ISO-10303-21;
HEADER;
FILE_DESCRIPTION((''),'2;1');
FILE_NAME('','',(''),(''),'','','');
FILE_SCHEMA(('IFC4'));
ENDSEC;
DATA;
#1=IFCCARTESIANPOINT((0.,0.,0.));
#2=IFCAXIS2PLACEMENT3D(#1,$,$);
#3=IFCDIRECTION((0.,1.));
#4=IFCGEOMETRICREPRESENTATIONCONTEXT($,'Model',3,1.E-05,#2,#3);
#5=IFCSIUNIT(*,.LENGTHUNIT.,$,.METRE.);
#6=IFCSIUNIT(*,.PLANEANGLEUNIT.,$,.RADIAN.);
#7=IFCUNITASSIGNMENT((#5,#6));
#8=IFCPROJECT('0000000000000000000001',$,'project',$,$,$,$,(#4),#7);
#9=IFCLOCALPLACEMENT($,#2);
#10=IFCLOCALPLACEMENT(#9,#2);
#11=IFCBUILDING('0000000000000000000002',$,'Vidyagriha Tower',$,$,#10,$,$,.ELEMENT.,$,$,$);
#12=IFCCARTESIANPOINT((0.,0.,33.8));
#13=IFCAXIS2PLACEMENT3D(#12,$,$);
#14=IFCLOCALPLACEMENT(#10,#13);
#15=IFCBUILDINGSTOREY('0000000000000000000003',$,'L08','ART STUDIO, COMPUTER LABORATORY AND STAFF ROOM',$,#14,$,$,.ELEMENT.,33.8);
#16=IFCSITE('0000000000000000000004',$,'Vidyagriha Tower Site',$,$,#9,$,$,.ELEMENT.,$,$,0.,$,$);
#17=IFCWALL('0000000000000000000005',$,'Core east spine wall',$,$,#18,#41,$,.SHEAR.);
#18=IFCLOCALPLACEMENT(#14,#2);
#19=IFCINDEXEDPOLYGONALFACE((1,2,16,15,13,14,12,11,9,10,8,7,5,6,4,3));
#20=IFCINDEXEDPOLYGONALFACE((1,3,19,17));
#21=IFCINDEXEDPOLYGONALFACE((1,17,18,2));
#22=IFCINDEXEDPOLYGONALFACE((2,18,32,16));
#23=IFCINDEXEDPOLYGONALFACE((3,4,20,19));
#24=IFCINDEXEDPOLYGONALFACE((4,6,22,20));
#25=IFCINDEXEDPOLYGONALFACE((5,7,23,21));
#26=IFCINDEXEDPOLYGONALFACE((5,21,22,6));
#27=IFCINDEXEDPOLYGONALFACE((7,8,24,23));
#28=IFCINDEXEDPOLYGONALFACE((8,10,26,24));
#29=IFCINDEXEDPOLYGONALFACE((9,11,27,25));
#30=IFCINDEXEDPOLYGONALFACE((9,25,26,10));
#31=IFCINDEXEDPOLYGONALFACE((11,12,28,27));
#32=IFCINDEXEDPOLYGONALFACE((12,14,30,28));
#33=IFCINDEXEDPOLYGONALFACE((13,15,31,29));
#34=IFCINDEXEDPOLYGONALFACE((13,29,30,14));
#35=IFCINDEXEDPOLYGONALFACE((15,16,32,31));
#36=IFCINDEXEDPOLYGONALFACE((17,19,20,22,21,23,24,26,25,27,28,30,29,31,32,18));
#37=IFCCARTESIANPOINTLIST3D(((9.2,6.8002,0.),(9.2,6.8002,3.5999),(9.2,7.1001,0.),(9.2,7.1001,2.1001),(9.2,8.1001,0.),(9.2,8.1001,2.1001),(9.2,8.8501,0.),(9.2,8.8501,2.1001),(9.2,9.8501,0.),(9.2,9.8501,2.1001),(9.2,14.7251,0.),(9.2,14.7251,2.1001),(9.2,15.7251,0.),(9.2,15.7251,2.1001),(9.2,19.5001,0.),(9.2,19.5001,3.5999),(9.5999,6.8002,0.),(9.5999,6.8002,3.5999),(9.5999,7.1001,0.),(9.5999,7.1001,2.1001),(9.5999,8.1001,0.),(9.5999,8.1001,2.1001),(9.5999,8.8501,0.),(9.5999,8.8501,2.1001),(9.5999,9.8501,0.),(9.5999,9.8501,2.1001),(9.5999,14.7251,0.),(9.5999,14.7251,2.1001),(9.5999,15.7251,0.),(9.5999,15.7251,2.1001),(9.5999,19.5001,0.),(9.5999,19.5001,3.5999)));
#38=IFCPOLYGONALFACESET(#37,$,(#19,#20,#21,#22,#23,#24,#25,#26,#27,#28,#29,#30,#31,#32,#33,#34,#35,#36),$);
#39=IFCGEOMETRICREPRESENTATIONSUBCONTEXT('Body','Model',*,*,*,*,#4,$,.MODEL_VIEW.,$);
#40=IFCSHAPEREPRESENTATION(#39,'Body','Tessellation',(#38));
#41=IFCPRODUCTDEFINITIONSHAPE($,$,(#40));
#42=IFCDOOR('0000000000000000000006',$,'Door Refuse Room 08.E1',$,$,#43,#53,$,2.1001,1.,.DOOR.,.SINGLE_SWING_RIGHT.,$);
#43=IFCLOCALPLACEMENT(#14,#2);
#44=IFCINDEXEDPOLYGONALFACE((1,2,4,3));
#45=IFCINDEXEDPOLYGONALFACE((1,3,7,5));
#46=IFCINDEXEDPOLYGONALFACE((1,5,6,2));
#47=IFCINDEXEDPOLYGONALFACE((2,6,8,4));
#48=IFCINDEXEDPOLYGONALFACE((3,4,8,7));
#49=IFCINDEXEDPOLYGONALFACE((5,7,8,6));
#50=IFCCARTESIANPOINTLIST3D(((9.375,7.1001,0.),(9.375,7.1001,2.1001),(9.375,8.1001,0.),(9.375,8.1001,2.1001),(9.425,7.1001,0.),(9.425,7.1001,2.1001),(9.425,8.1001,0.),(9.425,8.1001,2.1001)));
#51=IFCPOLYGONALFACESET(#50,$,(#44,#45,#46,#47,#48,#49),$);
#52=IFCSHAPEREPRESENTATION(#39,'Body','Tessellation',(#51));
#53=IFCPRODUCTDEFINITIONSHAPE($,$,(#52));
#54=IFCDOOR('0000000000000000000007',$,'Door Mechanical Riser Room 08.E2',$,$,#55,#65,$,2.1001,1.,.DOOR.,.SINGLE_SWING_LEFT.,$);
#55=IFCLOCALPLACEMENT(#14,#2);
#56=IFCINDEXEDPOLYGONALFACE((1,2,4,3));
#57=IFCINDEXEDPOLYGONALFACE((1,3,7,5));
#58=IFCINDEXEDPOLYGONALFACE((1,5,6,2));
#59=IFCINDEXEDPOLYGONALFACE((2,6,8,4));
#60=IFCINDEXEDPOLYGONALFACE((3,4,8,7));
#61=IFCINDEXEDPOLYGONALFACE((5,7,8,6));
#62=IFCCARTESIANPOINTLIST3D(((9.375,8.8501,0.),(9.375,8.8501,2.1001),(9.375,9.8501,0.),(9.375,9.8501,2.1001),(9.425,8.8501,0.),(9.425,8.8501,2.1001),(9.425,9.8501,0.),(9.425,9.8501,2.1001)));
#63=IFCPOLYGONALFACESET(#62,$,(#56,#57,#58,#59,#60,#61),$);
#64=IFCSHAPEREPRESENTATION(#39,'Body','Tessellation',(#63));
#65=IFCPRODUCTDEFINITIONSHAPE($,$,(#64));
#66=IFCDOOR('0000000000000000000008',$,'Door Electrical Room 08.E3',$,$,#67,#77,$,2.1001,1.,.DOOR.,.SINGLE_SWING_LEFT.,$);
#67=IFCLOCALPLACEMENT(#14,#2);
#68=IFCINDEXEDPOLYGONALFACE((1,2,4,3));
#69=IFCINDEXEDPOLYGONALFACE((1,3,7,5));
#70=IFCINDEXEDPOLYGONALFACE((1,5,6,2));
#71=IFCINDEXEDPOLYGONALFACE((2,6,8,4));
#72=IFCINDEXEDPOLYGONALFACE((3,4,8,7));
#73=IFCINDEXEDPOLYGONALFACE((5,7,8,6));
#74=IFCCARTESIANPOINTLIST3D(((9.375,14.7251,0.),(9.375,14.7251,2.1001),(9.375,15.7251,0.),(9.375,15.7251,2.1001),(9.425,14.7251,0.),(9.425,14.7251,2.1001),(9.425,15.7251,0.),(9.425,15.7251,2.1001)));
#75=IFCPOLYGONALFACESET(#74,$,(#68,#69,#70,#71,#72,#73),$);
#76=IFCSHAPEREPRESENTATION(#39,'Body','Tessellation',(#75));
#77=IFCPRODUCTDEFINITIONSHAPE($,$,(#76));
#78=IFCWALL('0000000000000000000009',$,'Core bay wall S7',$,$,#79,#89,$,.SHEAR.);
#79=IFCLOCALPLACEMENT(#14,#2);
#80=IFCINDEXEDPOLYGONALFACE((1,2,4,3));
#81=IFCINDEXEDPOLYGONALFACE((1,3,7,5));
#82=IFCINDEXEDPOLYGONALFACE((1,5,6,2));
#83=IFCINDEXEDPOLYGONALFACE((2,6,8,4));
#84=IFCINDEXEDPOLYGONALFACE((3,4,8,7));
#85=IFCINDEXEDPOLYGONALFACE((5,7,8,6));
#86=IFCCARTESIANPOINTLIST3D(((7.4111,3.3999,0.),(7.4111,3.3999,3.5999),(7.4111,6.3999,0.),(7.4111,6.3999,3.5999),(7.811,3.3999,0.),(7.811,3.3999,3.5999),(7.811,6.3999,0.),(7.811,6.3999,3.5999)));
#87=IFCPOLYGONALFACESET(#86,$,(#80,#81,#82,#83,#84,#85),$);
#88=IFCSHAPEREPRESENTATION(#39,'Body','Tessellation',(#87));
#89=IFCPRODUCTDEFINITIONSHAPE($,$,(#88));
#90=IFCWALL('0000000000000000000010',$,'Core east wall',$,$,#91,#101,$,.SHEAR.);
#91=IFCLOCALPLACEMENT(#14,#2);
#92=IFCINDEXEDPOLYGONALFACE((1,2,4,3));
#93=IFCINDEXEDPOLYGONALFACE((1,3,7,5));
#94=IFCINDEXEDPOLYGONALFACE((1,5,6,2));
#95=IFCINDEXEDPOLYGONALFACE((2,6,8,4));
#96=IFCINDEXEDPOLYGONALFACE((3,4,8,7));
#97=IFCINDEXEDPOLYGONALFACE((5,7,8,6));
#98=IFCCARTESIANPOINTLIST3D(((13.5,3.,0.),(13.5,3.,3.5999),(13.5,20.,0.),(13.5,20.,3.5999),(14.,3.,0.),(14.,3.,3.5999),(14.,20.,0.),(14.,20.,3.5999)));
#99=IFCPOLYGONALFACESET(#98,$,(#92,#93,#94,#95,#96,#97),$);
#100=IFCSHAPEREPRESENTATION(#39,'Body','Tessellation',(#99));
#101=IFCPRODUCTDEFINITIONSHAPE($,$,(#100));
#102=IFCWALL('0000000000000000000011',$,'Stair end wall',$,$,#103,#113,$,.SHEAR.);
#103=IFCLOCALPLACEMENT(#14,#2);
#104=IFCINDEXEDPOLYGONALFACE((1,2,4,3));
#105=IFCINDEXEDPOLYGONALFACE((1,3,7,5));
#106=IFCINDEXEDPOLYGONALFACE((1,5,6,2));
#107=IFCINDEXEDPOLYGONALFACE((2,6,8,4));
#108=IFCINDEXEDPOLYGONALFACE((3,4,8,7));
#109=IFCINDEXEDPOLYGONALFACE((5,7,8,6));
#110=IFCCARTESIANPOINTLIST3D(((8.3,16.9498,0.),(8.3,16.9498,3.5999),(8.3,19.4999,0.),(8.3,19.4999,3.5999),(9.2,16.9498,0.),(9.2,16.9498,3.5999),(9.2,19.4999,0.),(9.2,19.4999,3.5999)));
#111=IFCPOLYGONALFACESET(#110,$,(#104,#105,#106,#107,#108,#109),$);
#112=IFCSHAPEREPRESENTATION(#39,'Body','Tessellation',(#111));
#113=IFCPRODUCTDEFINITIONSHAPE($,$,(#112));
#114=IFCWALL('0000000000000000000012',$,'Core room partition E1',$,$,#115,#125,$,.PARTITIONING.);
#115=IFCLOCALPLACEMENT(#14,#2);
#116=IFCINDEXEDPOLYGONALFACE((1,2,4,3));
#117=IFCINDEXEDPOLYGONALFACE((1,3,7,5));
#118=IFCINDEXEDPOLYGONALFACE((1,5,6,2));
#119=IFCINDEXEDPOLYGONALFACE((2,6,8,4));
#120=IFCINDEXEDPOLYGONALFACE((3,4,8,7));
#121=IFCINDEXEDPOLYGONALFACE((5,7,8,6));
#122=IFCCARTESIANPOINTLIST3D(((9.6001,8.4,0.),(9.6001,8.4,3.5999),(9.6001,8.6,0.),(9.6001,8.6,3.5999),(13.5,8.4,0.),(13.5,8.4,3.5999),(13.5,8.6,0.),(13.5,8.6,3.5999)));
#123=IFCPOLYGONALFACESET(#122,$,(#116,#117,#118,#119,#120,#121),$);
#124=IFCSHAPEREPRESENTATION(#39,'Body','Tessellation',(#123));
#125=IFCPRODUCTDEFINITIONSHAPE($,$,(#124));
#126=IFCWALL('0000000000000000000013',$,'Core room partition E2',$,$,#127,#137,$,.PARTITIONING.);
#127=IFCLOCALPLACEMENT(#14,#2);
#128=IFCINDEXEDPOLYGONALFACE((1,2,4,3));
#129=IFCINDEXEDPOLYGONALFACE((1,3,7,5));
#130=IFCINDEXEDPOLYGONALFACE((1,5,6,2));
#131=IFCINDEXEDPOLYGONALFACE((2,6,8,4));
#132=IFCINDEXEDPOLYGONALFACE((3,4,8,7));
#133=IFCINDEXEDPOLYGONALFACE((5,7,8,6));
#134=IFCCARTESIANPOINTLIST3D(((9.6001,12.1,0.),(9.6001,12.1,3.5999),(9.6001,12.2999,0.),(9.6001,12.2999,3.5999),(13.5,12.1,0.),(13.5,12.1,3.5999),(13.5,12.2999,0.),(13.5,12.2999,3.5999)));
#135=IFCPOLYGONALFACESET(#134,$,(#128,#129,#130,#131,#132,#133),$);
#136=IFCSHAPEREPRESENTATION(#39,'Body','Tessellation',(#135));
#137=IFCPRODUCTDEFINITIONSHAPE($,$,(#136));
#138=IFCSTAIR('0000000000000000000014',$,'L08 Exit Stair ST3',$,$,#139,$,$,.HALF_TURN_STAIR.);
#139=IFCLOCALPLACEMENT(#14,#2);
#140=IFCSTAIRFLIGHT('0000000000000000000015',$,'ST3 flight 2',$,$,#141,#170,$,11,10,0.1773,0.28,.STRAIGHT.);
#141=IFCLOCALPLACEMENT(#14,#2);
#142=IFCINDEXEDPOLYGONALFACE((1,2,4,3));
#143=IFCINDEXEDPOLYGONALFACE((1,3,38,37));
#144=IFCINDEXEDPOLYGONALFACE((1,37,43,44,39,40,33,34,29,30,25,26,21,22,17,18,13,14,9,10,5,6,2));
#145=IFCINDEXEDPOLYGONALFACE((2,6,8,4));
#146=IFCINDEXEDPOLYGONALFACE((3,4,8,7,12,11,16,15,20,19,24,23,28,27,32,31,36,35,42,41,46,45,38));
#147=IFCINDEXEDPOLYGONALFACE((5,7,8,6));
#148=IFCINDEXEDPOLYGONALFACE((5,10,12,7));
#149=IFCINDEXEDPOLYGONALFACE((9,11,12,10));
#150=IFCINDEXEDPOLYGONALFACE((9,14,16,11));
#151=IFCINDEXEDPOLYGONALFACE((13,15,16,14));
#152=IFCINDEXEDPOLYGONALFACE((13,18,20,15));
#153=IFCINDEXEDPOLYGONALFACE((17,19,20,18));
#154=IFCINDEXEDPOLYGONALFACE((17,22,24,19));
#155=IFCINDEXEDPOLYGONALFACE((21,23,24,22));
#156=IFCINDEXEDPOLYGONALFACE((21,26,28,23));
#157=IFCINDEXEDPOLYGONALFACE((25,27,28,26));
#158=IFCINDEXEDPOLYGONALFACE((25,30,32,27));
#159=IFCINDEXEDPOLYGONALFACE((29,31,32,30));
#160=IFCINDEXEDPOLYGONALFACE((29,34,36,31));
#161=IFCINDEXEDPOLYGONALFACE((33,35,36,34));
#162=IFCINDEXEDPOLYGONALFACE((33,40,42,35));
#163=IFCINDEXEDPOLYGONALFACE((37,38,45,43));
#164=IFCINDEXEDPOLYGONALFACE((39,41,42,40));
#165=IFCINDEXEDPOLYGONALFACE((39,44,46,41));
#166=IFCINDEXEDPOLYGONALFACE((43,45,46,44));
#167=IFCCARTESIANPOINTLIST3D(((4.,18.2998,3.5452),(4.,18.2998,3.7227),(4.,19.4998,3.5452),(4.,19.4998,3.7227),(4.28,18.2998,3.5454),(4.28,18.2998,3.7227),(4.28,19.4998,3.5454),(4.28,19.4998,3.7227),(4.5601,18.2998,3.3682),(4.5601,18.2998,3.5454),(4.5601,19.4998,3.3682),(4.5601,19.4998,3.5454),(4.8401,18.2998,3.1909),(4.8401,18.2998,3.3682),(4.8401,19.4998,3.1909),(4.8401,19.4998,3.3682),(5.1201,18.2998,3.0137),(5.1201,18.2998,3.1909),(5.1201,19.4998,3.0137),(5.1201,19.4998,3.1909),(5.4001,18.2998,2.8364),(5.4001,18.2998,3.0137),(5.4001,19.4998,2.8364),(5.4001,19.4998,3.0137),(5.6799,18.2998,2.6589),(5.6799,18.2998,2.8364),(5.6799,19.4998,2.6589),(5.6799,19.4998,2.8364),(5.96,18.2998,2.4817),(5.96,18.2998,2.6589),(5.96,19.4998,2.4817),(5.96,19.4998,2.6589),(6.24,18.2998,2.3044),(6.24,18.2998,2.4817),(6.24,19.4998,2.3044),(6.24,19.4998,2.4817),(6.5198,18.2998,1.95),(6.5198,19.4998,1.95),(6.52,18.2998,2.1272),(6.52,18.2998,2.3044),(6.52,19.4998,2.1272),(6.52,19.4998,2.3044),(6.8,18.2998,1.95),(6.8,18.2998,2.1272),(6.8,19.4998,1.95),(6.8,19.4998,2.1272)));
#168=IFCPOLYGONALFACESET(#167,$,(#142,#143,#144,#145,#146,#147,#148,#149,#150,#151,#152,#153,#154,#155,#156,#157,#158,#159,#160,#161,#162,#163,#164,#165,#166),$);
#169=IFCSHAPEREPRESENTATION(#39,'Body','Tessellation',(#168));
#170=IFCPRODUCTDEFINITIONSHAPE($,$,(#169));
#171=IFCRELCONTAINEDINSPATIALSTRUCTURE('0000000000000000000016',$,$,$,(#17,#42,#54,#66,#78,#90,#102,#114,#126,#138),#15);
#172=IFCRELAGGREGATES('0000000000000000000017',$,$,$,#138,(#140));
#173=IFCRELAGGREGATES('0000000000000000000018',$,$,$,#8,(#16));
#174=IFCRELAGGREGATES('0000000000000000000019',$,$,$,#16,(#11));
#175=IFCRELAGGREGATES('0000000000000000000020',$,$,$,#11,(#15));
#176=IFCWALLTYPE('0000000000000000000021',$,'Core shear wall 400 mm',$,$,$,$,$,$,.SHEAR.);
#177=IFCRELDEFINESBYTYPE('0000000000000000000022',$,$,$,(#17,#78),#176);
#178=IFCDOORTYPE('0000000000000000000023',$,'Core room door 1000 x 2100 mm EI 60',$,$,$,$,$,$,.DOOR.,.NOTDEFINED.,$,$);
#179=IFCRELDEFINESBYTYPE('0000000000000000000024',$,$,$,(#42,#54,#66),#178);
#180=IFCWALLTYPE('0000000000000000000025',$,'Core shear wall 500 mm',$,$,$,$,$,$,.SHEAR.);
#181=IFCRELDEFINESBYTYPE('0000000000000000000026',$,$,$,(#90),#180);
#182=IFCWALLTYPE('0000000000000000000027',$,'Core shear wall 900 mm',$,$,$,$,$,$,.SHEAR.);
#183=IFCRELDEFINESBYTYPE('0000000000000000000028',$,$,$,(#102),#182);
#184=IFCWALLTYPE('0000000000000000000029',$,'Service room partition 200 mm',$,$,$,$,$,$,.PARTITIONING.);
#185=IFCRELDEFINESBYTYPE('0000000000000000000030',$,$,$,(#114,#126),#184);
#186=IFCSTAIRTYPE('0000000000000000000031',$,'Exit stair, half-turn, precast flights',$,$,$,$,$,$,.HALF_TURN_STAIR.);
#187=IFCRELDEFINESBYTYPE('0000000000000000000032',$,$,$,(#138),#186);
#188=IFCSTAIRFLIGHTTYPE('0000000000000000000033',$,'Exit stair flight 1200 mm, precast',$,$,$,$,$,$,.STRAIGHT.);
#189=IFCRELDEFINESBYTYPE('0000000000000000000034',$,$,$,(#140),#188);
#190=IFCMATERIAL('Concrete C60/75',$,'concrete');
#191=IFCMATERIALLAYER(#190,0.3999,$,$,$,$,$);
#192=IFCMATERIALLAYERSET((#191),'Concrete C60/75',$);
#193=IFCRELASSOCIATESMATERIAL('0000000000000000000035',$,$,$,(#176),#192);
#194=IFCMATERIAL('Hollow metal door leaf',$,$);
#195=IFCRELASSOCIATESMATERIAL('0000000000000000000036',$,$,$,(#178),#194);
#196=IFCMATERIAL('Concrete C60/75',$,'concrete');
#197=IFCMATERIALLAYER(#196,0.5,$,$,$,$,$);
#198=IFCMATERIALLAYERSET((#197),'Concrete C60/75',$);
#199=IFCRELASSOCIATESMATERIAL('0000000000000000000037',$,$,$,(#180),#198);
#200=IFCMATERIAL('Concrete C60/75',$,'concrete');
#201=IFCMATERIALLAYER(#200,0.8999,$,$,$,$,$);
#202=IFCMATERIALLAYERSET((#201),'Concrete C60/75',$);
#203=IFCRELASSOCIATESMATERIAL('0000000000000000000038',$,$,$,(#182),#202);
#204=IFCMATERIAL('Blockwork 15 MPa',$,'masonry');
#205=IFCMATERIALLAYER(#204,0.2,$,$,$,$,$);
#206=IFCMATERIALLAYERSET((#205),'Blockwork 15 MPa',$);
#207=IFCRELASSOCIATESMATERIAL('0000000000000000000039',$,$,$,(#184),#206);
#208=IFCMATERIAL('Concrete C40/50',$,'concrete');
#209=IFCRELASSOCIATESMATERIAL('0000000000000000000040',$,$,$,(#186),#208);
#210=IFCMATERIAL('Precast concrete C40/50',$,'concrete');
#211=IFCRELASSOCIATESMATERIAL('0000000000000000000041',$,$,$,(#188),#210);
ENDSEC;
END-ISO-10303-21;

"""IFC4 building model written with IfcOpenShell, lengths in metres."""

from ifc_helpers import new_model, si_unit, direction, frame, frame_2d, origin, place, context, subcontext, project, spatial, polyline, rectangle, outline, extrude, material, layer, layer_set, type_object, element, fill, aggregate, save


model = new_model("IFC4")

# Units and contexts
model_context = context("Model", 3, precision=1e-05, world=origin(), true_north=direction((0.0, 1.0)))
body_context = subcontext(model_context, "Body", "Model", "MODEL_VIEW")
ifc_project = project(units=[si_unit("LENGTHUNIT", "METRE"), si_unit("PLANEANGLEUNIT", "RADIAN")], contexts=[model_context])

# Site, building, storey
site_placement = place(None, origin())
site = spatial("IfcSite", under=ifc_project, at=site_placement, Name="Vidyagriha Tower Site", CompositionType="ELEMENT", RefElevation=0.0)
building_placement = place(site_placement, origin())
building = spatial("IfcBuilding", under=site, at=building_placement, Name="Vidyagriha Tower", CompositionType="ELEMENT")
storey_placement = place(building_placement, frame((0.0, 0.0, 33.8)))
storey = spatial("IfcBuildingStorey", under=building, at=storey_placement, Name="L08", Description="ART STUDIO, COMPUTER LABORATORY AND STAFF ROOM", CompositionType="ELEMENT", Elevation=33.8)

# Wall, openings, doors
ifc_material_1 = material(Name="Concrete C60/75", Category="concrete")
ifc_layer_1 = layer(ifc_material_1, 0.3999)
ifc_layer_set_1 = layer_set([ifc_layer_1], Name="Concrete C60/75")
wall_type_1 = type_object("IfcWallType", Name="Core shear wall 400 mm", PredefinedType="SHEAR", material=ifc_layer_set_1)
wall_1_placement = place(storey_placement, frame((9.3999, 6.8, 0.0), z_axis=(0.0, 0.0, 1.0), x_axis=(0.0, 1.0, 0.0)))
wall_1 = element("IfcWall", 1, at=wall_1_placement, inside=storey, type_object=wall_type_1, Name="Core east spine wall", PredefinedType="SHEAR", context=body_context, shape_type="SweptSolid", body=[
    extrude(rectangle(XDim=12.7, YDim=0.3999, at=frame_2d((6.3501, 0.0))), origin(), (0.0, 0.0, 1.0), 3.5999),
])
opening_1_placement = place(wall_1_placement, frame((0.3, 0.0, 0.0)))
opening_1 = element("IfcOpeningElement", 2, at=opening_1_placement, cuts=wall_1, PredefinedType="OPENING", context=body_context, shape_type="SweptSolid", body=[
    extrude(rectangle(XDim=1.0, YDim=2.1001, at=frame_2d((0.5, 1.05))), frame((0.0, 0.21, 0.0), z_axis=(0.0, -1.0, 0.0), x_axis=(1.0, 0.0, 0.0)), (0.0, 0.0, 1.0), 0.4199),
])
opening_2_placement = place(wall_1_placement, frame((2.05, 0.0, 0.0)))
opening_2 = element("IfcOpeningElement", 3, at=opening_2_placement, cuts=wall_1, PredefinedType="OPENING", context=body_context, shape_type="SweptSolid", body=[
    extrude(rectangle(XDim=1.0, YDim=2.1001, at=frame_2d((0.5, 1.05))), frame((0.0, 0.21, 0.0), z_axis=(0.0, -1.0, 0.0), x_axis=(1.0, 0.0, 0.0)), (0.0, 0.0, 1.0), 0.4199),
])
opening_3_placement = place(wall_1_placement, frame((7.925, 0.0, 0.0)))
opening_3 = element("IfcOpeningElement", 4, at=opening_3_placement, cuts=wall_1, PredefinedType="OPENING", context=body_context, shape_type="SweptSolid", body=[
    extrude(rectangle(XDim=1.0, YDim=2.1001, at=frame_2d((0.5, 1.05))), frame((0.0, 0.21, 0.0), z_axis=(0.0, -1.0, 0.0), x_axis=(1.0, 0.0, 0.0)), (0.0, 0.0, 1.0), 0.4199),
])
ifc_material_2 = material(Name="Hollow metal door leaf")
door_type = type_object("IfcDoorType", Name="Core room door 1000 x 2100 mm EI 60", OperationType="NOTDEFINED", PredefinedType="DOOR", material=ifc_material_2)
door_1_placement = place(opening_1_placement, origin())
door_1 = element("IfcDoor", 5, at=door_1_placement, inside=storey, type_object=door_type, Name="Door Refuse Room 08.E1", OperationType="SINGLE_SWING_RIGHT", OverallHeight=2.1001, OverallWidth=1.0, PredefinedType="DOOR", context=body_context, shape_type="SweptSolid", body=[
    extrude(rectangle(XDim=1.0, YDim=2.1001, at=frame_2d((0.5, 1.05))), frame((0.0, 0.0249, 0.0), z_axis=(0.0, -1.0, 0.0), x_axis=(1.0, 0.0, 0.0)), (0.0, 0.0, 1.0), 0.05),
])
fill(opening_1, door_1)
door_2_placement = place(opening_2_placement, origin())
door_2 = element("IfcDoor", 6, at=door_2_placement, inside=storey, type_object=door_type, Name="Door Mechanical Riser Room 08.E2", OperationType="SINGLE_SWING_LEFT", OverallHeight=2.1001, OverallWidth=1.0, PredefinedType="DOOR", context=body_context, shape_type="SweptSolid", body=[
    extrude(rectangle(XDim=1.0, YDim=2.1001, at=frame_2d((0.5, 1.05))), frame((0.0, 0.0249, 0.0), z_axis=(0.0, -1.0, 0.0), x_axis=(1.0, 0.0, 0.0)), (0.0, 0.0, 1.0), 0.05),
])
fill(opening_2, door_2)
door_3_placement = place(opening_3_placement, origin())
door_3 = element("IfcDoor", 7, at=door_3_placement, inside=storey, type_object=door_type, Name="Door Electrical Room 08.E3", OperationType="SINGLE_SWING_LEFT", OverallHeight=2.1001, OverallWidth=1.0, PredefinedType="DOOR", context=body_context, shape_type="SweptSolid", body=[
    extrude(rectangle(XDim=1.0, YDim=2.1001, at=frame_2d((0.5, 1.05))), frame((0.0, 0.0249, 0.0), z_axis=(0.0, -1.0, 0.0), x_axis=(1.0, 0.0, 0.0)), (0.0, 0.0, 1.0), 0.05),
])
fill(opening_3, door_3)

# Walls
wall_2_placement = place(storey_placement, frame((7.6111, 3.3999, 0.0), z_axis=(0.0, 0.0, 1.0), x_axis=(0.0, 1.0, 0.0)))
element("IfcWall", 8, at=wall_2_placement, inside=storey, type_object=wall_type_1, Name="Core bay wall S7", PredefinedType="SHEAR", context=body_context, shape_type="SweptSolid", body=[
    extrude(rectangle(XDim=3.0, YDim=0.3999, at=frame_2d((1.5, 0.0))), origin(), (0.0, 0.0, 1.0), 3.5999),
])
ifc_material_3 = material(Name="Concrete C60/75", Category="concrete")
ifc_layer_2 = layer(ifc_material_3, 0.5)
ifc_layer_set_2 = layer_set([ifc_layer_2], Name="Concrete C60/75")
wall_type_2 = type_object("IfcWallType", Name="Core shear wall 500 mm", PredefinedType="SHEAR", material=ifc_layer_set_2)
wall_3_placement = place(storey_placement, frame((13.75, 3.0, 0.0), z_axis=(0.0, 0.0, 1.0), x_axis=(0.0, 1.0, 0.0)))
element("IfcWall", 9, at=wall_3_placement, inside=storey, type_object=wall_type_2, Name="Core east wall", PredefinedType="SHEAR", context=body_context, shape_type="SweptSolid", body=[
    extrude(rectangle(XDim=17.0, YDim=0.5, at=frame_2d((8.5, 0.0))), origin(), (0.0, 0.0, 1.0), 3.5999),
])
ifc_material_4 = material(Name="Concrete C60/75", Category="concrete")
ifc_layer_3 = layer(ifc_material_4, 0.8999)
ifc_layer_set_3 = layer_set([ifc_layer_3], Name="Concrete C60/75")
wall_type_3 = type_object("IfcWallType", Name="Core shear wall 900 mm", PredefinedType="SHEAR", material=ifc_layer_set_3)
wall_4_placement = place(storey_placement, frame((8.75, 16.95, 0.0), z_axis=(0.0, 0.0, 1.0), x_axis=(0.0, 1.0, 0.0)))
element("IfcWall", 10, at=wall_4_placement, inside=storey, type_object=wall_type_3, Name="Stair end wall", PredefinedType="SHEAR", context=body_context, shape_type="SweptSolid", body=[
    extrude(rectangle(XDim=2.55, YDim=0.8999, at=frame_2d((1.2749, 0.0))), origin(), (0.0, 0.0, 1.0), 3.5999),
])
ifc_material_5 = material(Name="Blockwork 15 MPa", Category="masonry")
ifc_layer_4 = layer(ifc_material_5, 0.2)
ifc_layer_set_4 = layer_set([ifc_layer_4], Name="Blockwork 15 MPa")
wall_type_4 = type_object("IfcWallType", Name="Service room partition 200 mm", PredefinedType="PARTITIONING", material=ifc_layer_set_4)
for number, where, name in (
    (11, (9.6001, 8.5, 0.0), "Core room partition E1"),
    (12, (9.6001, 12.2, 0.0), "Core room partition E2"),
):
    element("IfcWall", number, at=place(storey_placement, frame(where)), inside=storey, type_object=wall_type_4, Name=name, PredefinedType="PARTITIONING", context=body_context, shape_type="SweptSolid", body=[
        extrude(rectangle(XDim=3.8999, YDim=0.2, at=frame_2d((1.95, 0.0))), origin(), (0.0, 0.0, 1.0), 3.5999),
    ])

# Stair, stair flight
ifc_material_6 = material(Name="Concrete C40/50", Category="concrete")
stair_type = type_object("IfcStairType", Name="Exit stair, half-turn, precast flights", PredefinedType="HALF_TURN_STAIR", material=ifc_material_6)
stair_placement = place(storey_placement, origin())
stair = element("IfcStair", 13, at=stair_placement, inside=storey, type_object=stair_type, Name="L08 Exit Stair ST3", PredefinedType="HALF_TURN_STAIR")
ifc_material_7 = material(Name="Precast concrete C40/50", Category="concrete")
stair_flight_type = type_object("IfcStairFlightType", Name="Exit stair flight 1200 mm, precast", PredefinedType="STRAIGHT", material=ifc_material_7)
stair_flight_placement = place(storey_placement, frame((6.8, 18.8999, 1.95), z_axis=(0.0, 0.0, 1.0), x_axis=(-1.0, 0.0, 0.0)))
stair_flight = element("IfcStairFlight", 14, at=stair_flight_placement, type_object=stair_flight_type, Name="ST3 flight 2", NumberOfRisers=11, NumberOfTreads=10, PredefinedType="STRAIGHT", RiserHeight=0.1773, TreadLength=0.28, context=body_context, shape_type="SweptSolid", body=[
    extrude(outline(polyline([(0.0, 0.0), (0.0, 0.1772), (0.28, 0.1772), (0.28, 0.3545), (0.5601, 0.3545), (0.5601, 0.5317), (0.8401, 0.5317), (0.8401, 0.709), (1.1201, 0.709), (1.1201, 0.8865), (1.3999, 0.8865), (1.3999, 1.0637), (1.6799, 1.0637), (1.6799, 1.241), (1.96, 1.241), (1.96, 1.4182), (2.24, 1.4182), (2.24, 1.5955), (2.52, 1.5955), (2.52, 1.7727), (2.8, 1.7727), (2.8, 1.95), (2.8, 1.5952), (0.2803, 0.0), (0.0, 0.0)])), frame((0.0, 0.6001, 0.0), z_axis=(0.0, -1.0, 0.0), x_axis=(1.0, 0.0, 0.0)), (0.0, 0.0, 1.0), 1.2),
])
aggregate(stair, [stair_flight])

save(model, "model.ifc")
